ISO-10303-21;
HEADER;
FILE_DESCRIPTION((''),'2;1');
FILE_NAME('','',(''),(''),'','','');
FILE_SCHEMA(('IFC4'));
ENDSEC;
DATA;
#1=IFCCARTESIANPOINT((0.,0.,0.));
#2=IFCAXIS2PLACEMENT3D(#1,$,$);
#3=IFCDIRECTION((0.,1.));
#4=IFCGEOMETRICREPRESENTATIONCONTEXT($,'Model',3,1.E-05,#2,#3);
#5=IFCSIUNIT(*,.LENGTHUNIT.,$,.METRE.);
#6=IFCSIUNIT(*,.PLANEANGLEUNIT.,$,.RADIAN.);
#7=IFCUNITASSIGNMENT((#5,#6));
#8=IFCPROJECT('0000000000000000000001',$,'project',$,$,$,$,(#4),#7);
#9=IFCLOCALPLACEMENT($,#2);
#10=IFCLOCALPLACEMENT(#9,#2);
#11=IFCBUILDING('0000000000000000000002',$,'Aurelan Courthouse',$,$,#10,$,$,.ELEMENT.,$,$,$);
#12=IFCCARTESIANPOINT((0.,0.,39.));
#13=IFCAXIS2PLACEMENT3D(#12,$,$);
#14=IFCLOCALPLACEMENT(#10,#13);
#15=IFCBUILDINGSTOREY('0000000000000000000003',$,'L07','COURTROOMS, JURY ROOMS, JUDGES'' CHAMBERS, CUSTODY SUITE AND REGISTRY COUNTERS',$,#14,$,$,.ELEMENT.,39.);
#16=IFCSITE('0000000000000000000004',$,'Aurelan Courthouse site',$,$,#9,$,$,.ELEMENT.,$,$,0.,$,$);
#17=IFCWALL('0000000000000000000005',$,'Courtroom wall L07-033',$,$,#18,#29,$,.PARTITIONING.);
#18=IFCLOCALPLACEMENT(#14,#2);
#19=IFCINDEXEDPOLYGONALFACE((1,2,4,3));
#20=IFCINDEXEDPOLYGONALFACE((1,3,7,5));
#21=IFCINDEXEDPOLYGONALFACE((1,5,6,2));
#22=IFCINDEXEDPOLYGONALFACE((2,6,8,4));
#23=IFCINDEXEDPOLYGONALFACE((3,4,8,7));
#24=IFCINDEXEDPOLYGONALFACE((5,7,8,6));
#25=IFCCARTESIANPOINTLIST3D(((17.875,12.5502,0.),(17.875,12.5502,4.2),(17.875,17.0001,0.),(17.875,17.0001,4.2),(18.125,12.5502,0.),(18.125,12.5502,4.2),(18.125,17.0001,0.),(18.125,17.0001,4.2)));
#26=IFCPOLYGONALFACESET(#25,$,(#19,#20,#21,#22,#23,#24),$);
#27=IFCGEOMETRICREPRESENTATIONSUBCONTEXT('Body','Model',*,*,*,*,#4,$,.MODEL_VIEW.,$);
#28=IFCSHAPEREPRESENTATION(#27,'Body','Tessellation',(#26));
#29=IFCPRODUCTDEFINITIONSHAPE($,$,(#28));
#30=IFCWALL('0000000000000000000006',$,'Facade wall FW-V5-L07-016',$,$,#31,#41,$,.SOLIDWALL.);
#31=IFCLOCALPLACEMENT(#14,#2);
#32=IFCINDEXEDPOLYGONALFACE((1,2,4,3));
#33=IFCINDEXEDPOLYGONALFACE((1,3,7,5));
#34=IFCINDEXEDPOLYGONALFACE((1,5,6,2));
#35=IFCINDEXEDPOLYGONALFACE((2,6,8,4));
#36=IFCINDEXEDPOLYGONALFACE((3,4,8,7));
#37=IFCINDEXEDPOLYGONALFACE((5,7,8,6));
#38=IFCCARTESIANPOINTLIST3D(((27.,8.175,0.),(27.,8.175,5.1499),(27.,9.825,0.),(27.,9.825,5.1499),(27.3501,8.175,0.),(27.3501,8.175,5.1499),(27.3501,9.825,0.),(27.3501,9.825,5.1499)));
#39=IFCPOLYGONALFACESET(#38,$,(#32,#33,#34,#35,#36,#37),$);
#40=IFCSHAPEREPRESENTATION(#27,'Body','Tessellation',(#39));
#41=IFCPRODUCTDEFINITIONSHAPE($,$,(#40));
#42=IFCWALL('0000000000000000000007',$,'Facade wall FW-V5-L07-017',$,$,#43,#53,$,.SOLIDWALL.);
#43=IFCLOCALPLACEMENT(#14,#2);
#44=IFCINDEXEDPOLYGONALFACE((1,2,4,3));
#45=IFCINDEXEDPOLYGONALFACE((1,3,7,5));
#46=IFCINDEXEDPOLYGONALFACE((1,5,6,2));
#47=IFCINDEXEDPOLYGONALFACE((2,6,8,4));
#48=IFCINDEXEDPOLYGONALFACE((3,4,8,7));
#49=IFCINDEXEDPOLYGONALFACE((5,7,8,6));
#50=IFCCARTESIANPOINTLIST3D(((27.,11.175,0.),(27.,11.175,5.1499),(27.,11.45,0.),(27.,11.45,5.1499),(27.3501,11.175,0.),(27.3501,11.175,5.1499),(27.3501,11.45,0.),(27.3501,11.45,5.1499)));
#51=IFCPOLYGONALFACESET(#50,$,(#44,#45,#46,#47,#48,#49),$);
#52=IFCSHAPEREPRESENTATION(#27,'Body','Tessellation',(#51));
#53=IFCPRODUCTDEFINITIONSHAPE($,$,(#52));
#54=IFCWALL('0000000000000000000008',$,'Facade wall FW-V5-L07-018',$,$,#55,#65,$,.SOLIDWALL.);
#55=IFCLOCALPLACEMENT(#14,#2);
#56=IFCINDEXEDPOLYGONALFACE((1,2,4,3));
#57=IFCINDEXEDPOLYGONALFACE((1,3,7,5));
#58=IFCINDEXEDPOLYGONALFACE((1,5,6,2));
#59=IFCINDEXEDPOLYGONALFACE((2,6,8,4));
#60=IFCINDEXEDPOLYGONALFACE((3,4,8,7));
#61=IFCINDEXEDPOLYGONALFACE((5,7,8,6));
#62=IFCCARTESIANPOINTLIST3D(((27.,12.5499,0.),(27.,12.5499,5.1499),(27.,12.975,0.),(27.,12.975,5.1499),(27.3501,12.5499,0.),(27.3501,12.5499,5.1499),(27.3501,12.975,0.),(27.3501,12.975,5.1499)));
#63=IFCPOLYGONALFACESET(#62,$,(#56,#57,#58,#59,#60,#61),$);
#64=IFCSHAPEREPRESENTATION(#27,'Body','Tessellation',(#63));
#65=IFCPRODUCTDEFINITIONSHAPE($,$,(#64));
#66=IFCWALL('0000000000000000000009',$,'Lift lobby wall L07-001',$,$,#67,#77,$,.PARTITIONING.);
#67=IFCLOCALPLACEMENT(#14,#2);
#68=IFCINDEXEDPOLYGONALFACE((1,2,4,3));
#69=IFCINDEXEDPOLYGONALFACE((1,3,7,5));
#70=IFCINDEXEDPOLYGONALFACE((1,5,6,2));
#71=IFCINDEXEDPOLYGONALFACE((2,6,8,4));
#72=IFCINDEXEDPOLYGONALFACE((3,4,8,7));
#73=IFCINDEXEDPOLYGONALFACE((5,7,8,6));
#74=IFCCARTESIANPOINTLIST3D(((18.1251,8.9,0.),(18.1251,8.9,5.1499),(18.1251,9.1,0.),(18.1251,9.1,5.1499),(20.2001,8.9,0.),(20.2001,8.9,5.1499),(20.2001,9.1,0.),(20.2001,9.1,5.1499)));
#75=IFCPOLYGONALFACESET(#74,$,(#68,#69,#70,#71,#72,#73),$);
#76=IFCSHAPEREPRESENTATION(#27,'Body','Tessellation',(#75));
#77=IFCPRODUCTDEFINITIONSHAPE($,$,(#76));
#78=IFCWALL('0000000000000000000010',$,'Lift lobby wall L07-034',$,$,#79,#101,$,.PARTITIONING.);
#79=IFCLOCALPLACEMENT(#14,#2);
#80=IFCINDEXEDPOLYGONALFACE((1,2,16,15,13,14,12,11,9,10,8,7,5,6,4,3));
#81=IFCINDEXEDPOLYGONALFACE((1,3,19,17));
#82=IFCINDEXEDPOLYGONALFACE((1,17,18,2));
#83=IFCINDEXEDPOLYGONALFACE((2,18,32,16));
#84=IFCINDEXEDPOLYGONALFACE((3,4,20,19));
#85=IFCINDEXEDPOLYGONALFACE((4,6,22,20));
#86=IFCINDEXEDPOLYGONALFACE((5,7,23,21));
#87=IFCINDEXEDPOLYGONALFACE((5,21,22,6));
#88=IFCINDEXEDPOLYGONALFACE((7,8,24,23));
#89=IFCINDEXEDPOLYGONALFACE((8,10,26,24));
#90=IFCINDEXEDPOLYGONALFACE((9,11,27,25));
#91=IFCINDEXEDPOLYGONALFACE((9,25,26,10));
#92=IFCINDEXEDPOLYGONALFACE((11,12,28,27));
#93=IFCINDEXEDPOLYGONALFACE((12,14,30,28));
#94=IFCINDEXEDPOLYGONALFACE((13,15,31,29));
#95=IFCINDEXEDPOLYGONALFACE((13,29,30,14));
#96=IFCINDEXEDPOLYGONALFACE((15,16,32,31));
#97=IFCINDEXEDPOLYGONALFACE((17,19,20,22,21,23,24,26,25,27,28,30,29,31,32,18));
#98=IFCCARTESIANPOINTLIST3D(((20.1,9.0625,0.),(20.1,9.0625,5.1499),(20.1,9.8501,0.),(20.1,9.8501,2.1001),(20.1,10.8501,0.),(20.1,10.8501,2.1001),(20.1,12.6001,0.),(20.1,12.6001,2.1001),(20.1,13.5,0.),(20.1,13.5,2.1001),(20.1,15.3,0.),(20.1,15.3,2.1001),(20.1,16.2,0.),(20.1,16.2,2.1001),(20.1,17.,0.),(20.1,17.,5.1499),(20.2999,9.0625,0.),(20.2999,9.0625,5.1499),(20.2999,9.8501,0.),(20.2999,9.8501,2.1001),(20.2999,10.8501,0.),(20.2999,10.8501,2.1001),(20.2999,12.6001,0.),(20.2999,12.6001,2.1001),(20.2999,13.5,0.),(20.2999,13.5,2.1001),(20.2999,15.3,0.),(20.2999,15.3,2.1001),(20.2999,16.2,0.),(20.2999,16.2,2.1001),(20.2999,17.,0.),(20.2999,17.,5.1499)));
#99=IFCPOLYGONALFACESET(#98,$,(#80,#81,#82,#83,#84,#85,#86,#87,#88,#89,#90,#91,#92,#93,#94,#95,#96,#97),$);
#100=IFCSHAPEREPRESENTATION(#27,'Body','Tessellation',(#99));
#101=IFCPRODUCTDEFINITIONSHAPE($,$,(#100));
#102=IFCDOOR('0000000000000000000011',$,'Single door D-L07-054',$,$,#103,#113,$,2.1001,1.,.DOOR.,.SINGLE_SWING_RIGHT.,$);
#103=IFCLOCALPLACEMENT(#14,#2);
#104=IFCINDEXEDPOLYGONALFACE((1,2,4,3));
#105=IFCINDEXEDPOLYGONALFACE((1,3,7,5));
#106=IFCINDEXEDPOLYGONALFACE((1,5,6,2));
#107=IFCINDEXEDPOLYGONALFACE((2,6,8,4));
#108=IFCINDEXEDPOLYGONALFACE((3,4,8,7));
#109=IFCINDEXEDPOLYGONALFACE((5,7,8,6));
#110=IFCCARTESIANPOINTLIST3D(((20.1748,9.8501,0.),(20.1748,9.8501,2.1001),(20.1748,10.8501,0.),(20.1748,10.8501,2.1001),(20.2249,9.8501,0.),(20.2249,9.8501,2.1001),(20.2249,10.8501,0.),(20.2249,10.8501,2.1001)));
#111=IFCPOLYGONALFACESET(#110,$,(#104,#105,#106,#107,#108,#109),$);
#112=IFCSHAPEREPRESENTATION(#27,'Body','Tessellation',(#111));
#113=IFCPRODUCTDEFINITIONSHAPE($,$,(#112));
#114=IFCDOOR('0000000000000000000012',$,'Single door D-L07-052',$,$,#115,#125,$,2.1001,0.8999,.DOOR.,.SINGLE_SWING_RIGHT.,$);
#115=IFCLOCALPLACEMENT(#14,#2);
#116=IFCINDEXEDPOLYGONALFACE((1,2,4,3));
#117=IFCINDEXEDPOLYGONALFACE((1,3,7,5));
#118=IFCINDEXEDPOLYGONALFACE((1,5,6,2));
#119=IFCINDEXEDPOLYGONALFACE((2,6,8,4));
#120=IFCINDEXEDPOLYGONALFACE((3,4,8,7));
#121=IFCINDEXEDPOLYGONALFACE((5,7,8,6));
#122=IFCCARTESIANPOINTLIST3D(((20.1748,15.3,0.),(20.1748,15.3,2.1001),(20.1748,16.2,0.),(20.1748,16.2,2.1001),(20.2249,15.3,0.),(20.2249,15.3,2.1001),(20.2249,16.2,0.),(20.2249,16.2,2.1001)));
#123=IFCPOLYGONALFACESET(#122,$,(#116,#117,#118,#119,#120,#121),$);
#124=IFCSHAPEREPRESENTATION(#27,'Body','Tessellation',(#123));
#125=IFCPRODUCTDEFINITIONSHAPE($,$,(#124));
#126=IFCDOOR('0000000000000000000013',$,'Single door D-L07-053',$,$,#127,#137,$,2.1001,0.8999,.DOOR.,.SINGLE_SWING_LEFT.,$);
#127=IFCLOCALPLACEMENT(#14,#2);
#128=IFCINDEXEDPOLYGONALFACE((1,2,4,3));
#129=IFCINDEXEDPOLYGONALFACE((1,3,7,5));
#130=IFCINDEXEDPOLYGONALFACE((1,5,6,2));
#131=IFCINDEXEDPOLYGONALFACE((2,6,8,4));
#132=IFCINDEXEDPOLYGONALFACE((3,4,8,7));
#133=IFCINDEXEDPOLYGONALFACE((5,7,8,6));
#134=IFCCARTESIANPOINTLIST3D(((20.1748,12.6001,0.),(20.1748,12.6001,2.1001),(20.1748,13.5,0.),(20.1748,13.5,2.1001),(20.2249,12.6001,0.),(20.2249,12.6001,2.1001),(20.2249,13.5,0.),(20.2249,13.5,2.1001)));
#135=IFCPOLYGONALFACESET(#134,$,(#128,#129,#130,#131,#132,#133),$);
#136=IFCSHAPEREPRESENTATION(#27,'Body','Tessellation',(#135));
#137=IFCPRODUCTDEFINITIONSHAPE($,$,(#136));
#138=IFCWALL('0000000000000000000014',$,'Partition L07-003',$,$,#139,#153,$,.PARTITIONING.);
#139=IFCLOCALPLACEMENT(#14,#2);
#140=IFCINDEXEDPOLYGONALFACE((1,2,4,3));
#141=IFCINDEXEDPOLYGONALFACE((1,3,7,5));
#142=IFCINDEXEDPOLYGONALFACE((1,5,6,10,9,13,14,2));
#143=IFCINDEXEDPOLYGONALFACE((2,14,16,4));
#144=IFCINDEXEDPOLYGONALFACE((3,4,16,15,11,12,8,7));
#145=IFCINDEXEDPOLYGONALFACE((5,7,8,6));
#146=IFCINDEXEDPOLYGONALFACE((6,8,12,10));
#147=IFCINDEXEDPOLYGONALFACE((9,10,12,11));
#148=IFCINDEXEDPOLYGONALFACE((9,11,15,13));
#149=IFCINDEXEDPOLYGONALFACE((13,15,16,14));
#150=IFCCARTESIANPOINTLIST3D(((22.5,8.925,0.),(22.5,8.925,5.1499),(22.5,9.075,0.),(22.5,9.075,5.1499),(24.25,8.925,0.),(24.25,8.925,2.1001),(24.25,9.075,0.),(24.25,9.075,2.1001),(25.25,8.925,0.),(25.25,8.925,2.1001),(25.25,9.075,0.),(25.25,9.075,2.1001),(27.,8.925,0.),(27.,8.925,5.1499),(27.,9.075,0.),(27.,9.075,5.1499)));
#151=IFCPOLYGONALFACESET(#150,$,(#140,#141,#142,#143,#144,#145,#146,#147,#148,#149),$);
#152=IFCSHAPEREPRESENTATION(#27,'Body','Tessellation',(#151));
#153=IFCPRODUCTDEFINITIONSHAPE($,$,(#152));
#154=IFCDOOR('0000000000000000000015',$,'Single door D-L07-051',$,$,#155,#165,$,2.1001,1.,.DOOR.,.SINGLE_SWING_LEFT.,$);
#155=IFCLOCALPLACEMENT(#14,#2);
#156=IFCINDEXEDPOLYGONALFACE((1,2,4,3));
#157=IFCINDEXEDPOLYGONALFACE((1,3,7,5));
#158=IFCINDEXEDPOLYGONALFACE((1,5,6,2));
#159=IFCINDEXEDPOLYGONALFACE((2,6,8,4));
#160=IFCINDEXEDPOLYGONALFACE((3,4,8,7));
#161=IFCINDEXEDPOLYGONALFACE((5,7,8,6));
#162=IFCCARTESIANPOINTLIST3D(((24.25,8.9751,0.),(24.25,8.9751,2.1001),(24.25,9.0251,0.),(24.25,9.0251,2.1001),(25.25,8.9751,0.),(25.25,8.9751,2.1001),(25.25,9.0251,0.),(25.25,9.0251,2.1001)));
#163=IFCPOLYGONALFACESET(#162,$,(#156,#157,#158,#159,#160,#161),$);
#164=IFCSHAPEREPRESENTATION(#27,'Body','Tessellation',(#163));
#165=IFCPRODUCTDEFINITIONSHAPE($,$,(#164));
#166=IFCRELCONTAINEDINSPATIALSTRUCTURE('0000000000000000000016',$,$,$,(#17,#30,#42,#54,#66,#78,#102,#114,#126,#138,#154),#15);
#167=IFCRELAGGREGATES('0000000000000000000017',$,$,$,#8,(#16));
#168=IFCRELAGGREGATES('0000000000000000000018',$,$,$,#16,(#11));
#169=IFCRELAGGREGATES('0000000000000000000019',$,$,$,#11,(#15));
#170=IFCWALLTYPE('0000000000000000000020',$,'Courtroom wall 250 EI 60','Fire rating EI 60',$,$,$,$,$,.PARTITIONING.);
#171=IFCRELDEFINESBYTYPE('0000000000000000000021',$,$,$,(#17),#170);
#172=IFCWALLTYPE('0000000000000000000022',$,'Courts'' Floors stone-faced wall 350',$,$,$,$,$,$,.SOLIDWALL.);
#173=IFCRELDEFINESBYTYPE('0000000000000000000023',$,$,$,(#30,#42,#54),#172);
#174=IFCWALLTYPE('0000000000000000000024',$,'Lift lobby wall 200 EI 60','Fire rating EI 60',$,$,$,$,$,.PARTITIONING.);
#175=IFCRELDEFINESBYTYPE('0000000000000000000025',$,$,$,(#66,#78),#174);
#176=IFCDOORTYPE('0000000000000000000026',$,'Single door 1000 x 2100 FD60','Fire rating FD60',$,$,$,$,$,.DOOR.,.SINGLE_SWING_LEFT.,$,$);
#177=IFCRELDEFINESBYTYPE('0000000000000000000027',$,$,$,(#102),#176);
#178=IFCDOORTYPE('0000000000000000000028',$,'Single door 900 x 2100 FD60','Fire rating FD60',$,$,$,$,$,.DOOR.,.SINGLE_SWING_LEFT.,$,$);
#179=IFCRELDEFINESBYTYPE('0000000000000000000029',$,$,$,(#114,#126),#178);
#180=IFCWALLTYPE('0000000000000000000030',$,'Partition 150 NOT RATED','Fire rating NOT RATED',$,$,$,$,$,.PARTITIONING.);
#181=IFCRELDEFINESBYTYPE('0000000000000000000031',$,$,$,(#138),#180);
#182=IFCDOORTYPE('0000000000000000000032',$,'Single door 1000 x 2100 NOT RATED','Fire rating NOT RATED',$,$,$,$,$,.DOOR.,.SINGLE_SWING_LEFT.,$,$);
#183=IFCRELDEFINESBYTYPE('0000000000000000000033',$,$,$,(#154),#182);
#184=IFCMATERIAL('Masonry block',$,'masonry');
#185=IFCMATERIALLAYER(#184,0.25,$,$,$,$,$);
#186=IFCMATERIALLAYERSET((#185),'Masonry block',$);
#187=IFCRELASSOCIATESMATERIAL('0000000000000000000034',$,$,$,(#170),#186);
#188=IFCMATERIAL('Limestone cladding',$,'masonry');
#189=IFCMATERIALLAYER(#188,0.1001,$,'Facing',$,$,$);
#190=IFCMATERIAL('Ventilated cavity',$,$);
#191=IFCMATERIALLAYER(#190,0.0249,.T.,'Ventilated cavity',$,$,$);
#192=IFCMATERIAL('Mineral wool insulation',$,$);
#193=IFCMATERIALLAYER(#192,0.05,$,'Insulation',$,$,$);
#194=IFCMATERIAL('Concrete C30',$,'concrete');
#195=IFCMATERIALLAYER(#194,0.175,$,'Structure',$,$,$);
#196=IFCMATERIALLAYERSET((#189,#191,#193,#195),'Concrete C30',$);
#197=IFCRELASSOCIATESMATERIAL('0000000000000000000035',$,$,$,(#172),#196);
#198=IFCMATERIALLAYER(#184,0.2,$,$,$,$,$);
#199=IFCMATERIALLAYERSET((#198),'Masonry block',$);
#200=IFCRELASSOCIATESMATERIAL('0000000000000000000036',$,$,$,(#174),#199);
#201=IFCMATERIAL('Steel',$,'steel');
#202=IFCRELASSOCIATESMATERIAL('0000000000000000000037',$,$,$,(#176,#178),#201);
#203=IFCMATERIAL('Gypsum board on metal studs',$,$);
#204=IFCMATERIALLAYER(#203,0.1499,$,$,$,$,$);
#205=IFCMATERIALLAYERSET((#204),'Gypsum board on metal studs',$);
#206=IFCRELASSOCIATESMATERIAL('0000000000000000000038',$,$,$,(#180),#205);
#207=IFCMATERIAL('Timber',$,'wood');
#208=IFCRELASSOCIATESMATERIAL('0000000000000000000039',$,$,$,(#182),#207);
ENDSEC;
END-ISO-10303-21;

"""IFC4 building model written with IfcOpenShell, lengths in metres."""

from ifc_helpers import new_model, si_unit, direction, frame, frame_2d, origin, place, context, subcontext, project, spatial, rectangle, extrude, material, layer, layer_set, type_object, element, fill, save


model = new_model("IFC4")

# Units and contexts
model_context = context("Model", 3, precision=1e-05, world=origin(), true_north=direction((0.0, 1.0)))
body_context = subcontext(model_context, "Body", "Model", "MODEL_VIEW")
ifc_project = project(units=[si_unit("LENGTHUNIT", "METRE"), si_unit("PLANEANGLEUNIT", "RADIAN")], contexts=[model_context])

# Site, building, storey
site_placement = place(None, origin())
site = spatial("IfcSite", under=ifc_project, at=site_placement, Name="Aurelan Courthouse site", CompositionType="ELEMENT", RefElevation=0.0)
building_placement = place(site_placement, origin())
building = spatial("IfcBuilding", under=site, at=building_placement, Name="Aurelan Courthouse", CompositionType="ELEMENT")
storey_placement = place(building_placement, frame((0.0, 0.0, 39.0)))
storey = spatial("IfcBuildingStorey", under=building, at=storey_placement, Name="L07", Description="COURTROOMS, JURY ROOMS, JUDGES' CHAMBERS, CUSTODY SUITE AND REGISTRY COUNTERS", CompositionType="ELEMENT", Elevation=39.0)

# Walls
ifc_material_1 = material(Name="Masonry block", Category="masonry")
ifc_layer_1 = layer(ifc_material_1, 0.25)
ifc_layer_set_1 = layer_set([ifc_layer_1], Name="Masonry block")
wall_type_1 = type_object("IfcWallType", Name="Courtroom wall 250 EI 60", Description="Fire rating EI 60", PredefinedType="PARTITIONING", material=ifc_layer_set_1)
wall_1_placement = place(storey_placement, frame((18.0, 12.55, 0.0), z_axis=(0.0, 0.0, 1.0), x_axis=(0.0, 1.0, 0.0)))
element("IfcWall", 1, at=wall_1_placement, inside=storey, type_object=wall_type_1, Name="Courtroom wall L07-033", PredefinedType="PARTITIONING", context=body_context, shape_type="SweptSolid", body=[
    extrude(rectangle(XDim=4.45, YDim=0.25, at=frame_2d((2.2251, 0.0))), origin(), (0.0, 0.0, 1.0), 4.2),
])
ifc_material_2 = material(Name="Limestone cladding", Category="masonry")
ifc_layer_2 = layer(ifc_material_2, 0.1001, Name="Facing")
ifc_material_3 = material(Name="Ventilated cavity")
ifc_layer_3 = layer(ifc_material_3, 0.0249, ventilated=True, Name="Ventilated cavity")
ifc_material_4 = material(Name="Mineral wool insulation")
ifc_layer_4 = layer(ifc_material_4, 0.05, Name="Insulation")
ifc_material_5 = material(Name="Concrete C30", Category="concrete")
ifc_layer_5 = layer(ifc_material_5, 0.175, Name="Structure")
ifc_layer_set_2 = layer_set([ifc_layer_2, ifc_layer_3, ifc_layer_4, ifc_layer_5], Name="Concrete C30")
wall_type_2 = type_object("IfcWallType", Name="Courts' Floors stone-faced wall 350", PredefinedType="SOLIDWALL", material=ifc_layer_set_2)
wall_2_placement = place(storey_placement, frame((27.175, 8.175, 0.0), z_axis=(0.0, 0.0, 1.0), x_axis=(0.0, 1.0, 0.0)))
element("IfcWall", 2, at=wall_2_placement, inside=storey, type_object=wall_type_2, Name="Facade wall FW-V5-L07-016", PredefinedType="SOLIDWALL", context=body_context, shape_type="SweptSolid", body=[
    extrude(rectangle(XDim=1.6499, YDim=0.3501, at=frame_2d((0.825, 0.0))), origin(), (0.0, 0.0, 1.0), 5.1499),
])
wall_3_placement = place(storey_placement, frame((27.175, 11.175, 0.0), z_axis=(0.0, 0.0, 1.0), x_axis=(0.0, 1.0, 0.0)))
element("IfcWall", 3, at=wall_3_placement, inside=storey, type_object=wall_type_2, Name="Facade wall FW-V5-L07-017", PredefinedType="SOLIDWALL", context=body_context, shape_type="SweptSolid", body=[
    extrude(rectangle(XDim=0.2749, YDim=0.3501, at=frame_2d((0.1375, 0.0))), origin(), (0.0, 0.0, 1.0), 5.1499),
])
wall_4_placement = place(storey_placement, frame((27.175, 12.55, 0.0), z_axis=(0.0, 0.0, 1.0), x_axis=(0.0, 1.0, 0.0)))
element("IfcWall", 4, at=wall_4_placement, inside=storey, type_object=wall_type_2, Name="Facade wall FW-V5-L07-018", PredefinedType="SOLIDWALL", context=body_context, shape_type="SweptSolid", body=[
    extrude(rectangle(XDim=0.425, YDim=0.3501, at=frame_2d((0.2124, 0.0))), origin(), (0.0, 0.0, 1.0), 5.1499),
])
ifc_layer_6 = layer(ifc_material_1, 0.2)
ifc_layer_set_3 = layer_set([ifc_layer_6], Name="Masonry block")
wall_type_3 = type_object("IfcWallType", Name="Lift lobby wall 200 EI 60", Description="Fire rating EI 60", PredefinedType="PARTITIONING", material=ifc_layer_set_3)
wall_5_placement = place(storey_placement, frame((18.125, 9.0, 0.0), z_axis=(0.0, 0.0, 1.0), x_axis=(1.0, 0.0, 0.0)))
element("IfcWall", 5, at=wall_5_placement, inside=storey, type_object=wall_type_3, Name="Lift lobby wall L07-001", PredefinedType="PARTITIONING", context=body_context, shape_type="SweptSolid", body=[
    extrude(rectangle(XDim=2.075, YDim=0.2, at=frame_2d((1.0376, 0.0))), origin(), (0.0, 0.0, 1.0), 5.1499),
])

# Wall, openings, doors
wall_6_placement = place(storey_placement, frame((20.2, 9.0625, 0.0), z_axis=(0.0, 0.0, 1.0), x_axis=(0.0, 1.0, 0.0)))
wall_6 = element("IfcWall", 6, at=wall_6_placement, inside=storey, type_object=wall_type_3, Name="Lift lobby wall L07-034", PredefinedType="PARTITIONING", context=body_context, shape_type="SweptSolid", body=[
    extrude(rectangle(XDim=7.9375, YDim=0.2, at=frame_2d((3.9688, 0.0))), origin(), (0.0, 0.0, 1.0), 5.1499),
])
opening_1_placement = place(wall_6_placement, frame((7.1375, 0.0, 0.0), z_axis=(0.0, 0.0, 1.0), x_axis=(-1.0, 0.0, 0.0)))
opening_1 = element("IfcOpeningElement", 7, at=opening_1_placement, cuts=wall_6, PredefinedType="OPENING", context=body_context, shape_type="SweptSolid", body=[
    extrude(rectangle(XDim=0.8999, YDim=2.1001, at=frame_2d((0.45, 1.05))), frame((0.0, 0.1099, 0.0), z_axis=(0.0, -1.0, 0.0), x_axis=(1.0, 0.0, 0.0)), (0.0, 0.0, 1.0), 0.22),
])
opening_2_placement = place(wall_6_placement, frame((4.4375, 0.0, 0.0), z_axis=(0.0, 0.0, 1.0), x_axis=(-1.0, 0.0, 0.0)))
opening_2 = element("IfcOpeningElement", 8, at=opening_2_placement, cuts=wall_6, PredefinedType="OPENING", context=body_context, shape_type="SweptSolid", body=[
    extrude(rectangle(XDim=0.8999, YDim=2.1001, at=frame_2d((0.45, 1.05))), frame((0.0, 0.1099, 0.0), z_axis=(0.0, -1.0, 0.0), x_axis=(1.0, 0.0, 0.0)), (0.0, 0.0, 1.0), 0.22),
])
opening_3_placement = place(wall_6_placement, frame((1.7876, 0.0, 0.0), z_axis=(0.0, 0.0, 1.0), x_axis=(-1.0, 0.0, 0.0)))
opening_3 = element("IfcOpeningElement", 9, at=opening_3_placement, cuts=wall_6, PredefinedType="OPENING", context=body_context, shape_type="SweptSolid", body=[
    extrude(rectangle(XDim=1.0, YDim=2.1001, at=frame_2d((0.5, 1.05))), frame((0.0, 0.1099, 0.0), z_axis=(0.0, -1.0, 0.0), x_axis=(1.0, 0.0, 0.0)), (0.0, 0.0, 1.0), 0.22),
])
ifc_material_6 = material(Name="Steel", Category="steel")
door_type_1 = type_object("IfcDoorType", Name="Single door 1000 x 2100 FD60", Description="Fire rating FD60", OperationType="SINGLE_SWING_LEFT", PredefinedType="DOOR", material=ifc_material_6)
door_1_placement = place(opening_3_placement, origin())
door_1 = element("IfcDoor", 10, at=door_1_placement, inside=storey, type_object=door_type_1, Name="Single door D-L07-054", OperationType="SINGLE_SWING_RIGHT", OverallHeight=2.1001, OverallWidth=1.0, PredefinedType="DOOR", context=body_context, shape_type="SweptSolid", body=[
    extrude(rectangle(XDim=1.0, YDim=2.1001, at=frame_2d((0.5, 1.05))), frame((0.0, 0.0249, 0.0), z_axis=(0.0, -1.0, 0.0), x_axis=(1.0, 0.0, 0.0)), (0.0, 0.0, 1.0), 0.05),
])
fill(opening_3, door_1)
door_type_2 = type_object("IfcDoorType", Name="Single door 900 x 2100 FD60", Description="Fire rating FD60", OperationType="SINGLE_SWING_LEFT", PredefinedType="DOOR", material=ifc_material_6)
door_2_placement = place(opening_1_placement, origin())
door_2 = element("IfcDoor", 11, at=door_2_placement, inside=storey, type_object=door_type_2, Name="Single door D-L07-052", OperationType="SINGLE_SWING_RIGHT", OverallHeight=2.1001, OverallWidth=0.8999, PredefinedType="DOOR", context=body_context, shape_type="SweptSolid", body=[
    extrude(rectangle(XDim=0.8999, YDim=2.1001, at=frame_2d((0.45, 1.05))), frame((0.0, 0.0249, 0.0), z_axis=(0.0, -1.0, 0.0), x_axis=(1.0, 0.0, 0.0)), (0.0, 0.0, 1.0), 0.05),
])
fill(opening_1, door_2)
door_3_placement = place(opening_2_placement, origin())
door_3 = element("IfcDoor", 12, at=door_3_placement, inside=storey, type_object=door_type_2, Name="Single door D-L07-053", OperationType="SINGLE_SWING_LEFT", OverallHeight=2.1001, OverallWidth=0.8999, PredefinedType="DOOR", context=body_context, shape_type="SweptSolid", body=[
    extrude(rectangle(XDim=0.8999, YDim=2.1001, at=frame_2d((0.45, 1.05))), frame((0.0, 0.0249, 0.0), z_axis=(0.0, -1.0, 0.0), x_axis=(1.0, 0.0, 0.0)), (0.0, 0.0, 1.0), 0.05),
])
fill(opening_2, door_3)

# Wall, opening, door
ifc_material_7 = material(Name="Gypsum board on metal studs")
ifc_layer_7 = layer(ifc_material_7, 0.1499)
ifc_layer_set_4 = layer_set([ifc_layer_7], Name="Gypsum board on metal studs")
wall_type_4 = type_object("IfcWallType", Name="Partition 150 NOT RATED", Description="Fire rating NOT RATED", PredefinedType="PARTITIONING", material=ifc_layer_set_4)
wall_7_placement = place(storey_placement, frame((22.5, 9.0, 0.0), z_axis=(0.0, 0.0, 1.0), x_axis=(1.0, 0.0, 0.0)))
wall_7 = element("IfcWall", 13, at=wall_7_placement, inside=storey, type_object=wall_type_4, Name="Partition L07-003", PredefinedType="PARTITIONING", context=body_context, shape_type="SweptSolid", body=[
    extrude(rectangle(XDim=4.5, YDim=0.1499, at=frame_2d((2.25, 0.0))), origin(), (0.0, 0.0, 1.0), 5.1499),
])
opening_4_placement = place(wall_7_placement, frame((2.75, 0.0, 0.0), z_axis=(0.0, 0.0, 1.0), x_axis=(-1.0, 0.0, 0.0)))
opening_4 = element("IfcOpeningElement", 14, at=opening_4_placement, cuts=wall_7, PredefinedType="OPENING", context=body_context, shape_type="SweptSolid", body=[
    extrude(rectangle(XDim=1.0, YDim=2.1001, at=frame_2d((0.5, 1.05))), frame((0.0, 0.085, 0.0), z_axis=(0.0, -1.0, 0.0), x_axis=(1.0, 0.0, 0.0)), (0.0, 0.0, 1.0), 0.1699),
])
ifc_material_8 = material(Name="Timber", Category="wood")
door_type_3 = type_object("IfcDoorType", Name="Single door 1000 x 2100 NOT RATED", Description="Fire rating NOT RATED", OperationType="SINGLE_SWING_LEFT", PredefinedType="DOOR", material=ifc_material_8)
door_4_placement = place(opening_4_placement, origin())
door_4 = element("IfcDoor", 15, at=door_4_placement, inside=storey, type_object=door_type_3, Name="Single door D-L07-051", OperationType="SINGLE_SWING_LEFT", OverallHeight=2.1001, OverallWidth=1.0, PredefinedType="DOOR", context=body_context, shape_type="SweptSolid", body=[
    extrude(rectangle(XDim=1.0, YDim=2.1001, at=frame_2d((0.5, 1.05))), frame((0.0, 0.0249, 0.0), z_axis=(0.0, -1.0, 0.0), x_axis=(1.0, 0.0, 0.0)), (0.0, 0.0, 1.0), 0.05),
])
fill(opening_4, door_4)

save(model, "model.ifc")
